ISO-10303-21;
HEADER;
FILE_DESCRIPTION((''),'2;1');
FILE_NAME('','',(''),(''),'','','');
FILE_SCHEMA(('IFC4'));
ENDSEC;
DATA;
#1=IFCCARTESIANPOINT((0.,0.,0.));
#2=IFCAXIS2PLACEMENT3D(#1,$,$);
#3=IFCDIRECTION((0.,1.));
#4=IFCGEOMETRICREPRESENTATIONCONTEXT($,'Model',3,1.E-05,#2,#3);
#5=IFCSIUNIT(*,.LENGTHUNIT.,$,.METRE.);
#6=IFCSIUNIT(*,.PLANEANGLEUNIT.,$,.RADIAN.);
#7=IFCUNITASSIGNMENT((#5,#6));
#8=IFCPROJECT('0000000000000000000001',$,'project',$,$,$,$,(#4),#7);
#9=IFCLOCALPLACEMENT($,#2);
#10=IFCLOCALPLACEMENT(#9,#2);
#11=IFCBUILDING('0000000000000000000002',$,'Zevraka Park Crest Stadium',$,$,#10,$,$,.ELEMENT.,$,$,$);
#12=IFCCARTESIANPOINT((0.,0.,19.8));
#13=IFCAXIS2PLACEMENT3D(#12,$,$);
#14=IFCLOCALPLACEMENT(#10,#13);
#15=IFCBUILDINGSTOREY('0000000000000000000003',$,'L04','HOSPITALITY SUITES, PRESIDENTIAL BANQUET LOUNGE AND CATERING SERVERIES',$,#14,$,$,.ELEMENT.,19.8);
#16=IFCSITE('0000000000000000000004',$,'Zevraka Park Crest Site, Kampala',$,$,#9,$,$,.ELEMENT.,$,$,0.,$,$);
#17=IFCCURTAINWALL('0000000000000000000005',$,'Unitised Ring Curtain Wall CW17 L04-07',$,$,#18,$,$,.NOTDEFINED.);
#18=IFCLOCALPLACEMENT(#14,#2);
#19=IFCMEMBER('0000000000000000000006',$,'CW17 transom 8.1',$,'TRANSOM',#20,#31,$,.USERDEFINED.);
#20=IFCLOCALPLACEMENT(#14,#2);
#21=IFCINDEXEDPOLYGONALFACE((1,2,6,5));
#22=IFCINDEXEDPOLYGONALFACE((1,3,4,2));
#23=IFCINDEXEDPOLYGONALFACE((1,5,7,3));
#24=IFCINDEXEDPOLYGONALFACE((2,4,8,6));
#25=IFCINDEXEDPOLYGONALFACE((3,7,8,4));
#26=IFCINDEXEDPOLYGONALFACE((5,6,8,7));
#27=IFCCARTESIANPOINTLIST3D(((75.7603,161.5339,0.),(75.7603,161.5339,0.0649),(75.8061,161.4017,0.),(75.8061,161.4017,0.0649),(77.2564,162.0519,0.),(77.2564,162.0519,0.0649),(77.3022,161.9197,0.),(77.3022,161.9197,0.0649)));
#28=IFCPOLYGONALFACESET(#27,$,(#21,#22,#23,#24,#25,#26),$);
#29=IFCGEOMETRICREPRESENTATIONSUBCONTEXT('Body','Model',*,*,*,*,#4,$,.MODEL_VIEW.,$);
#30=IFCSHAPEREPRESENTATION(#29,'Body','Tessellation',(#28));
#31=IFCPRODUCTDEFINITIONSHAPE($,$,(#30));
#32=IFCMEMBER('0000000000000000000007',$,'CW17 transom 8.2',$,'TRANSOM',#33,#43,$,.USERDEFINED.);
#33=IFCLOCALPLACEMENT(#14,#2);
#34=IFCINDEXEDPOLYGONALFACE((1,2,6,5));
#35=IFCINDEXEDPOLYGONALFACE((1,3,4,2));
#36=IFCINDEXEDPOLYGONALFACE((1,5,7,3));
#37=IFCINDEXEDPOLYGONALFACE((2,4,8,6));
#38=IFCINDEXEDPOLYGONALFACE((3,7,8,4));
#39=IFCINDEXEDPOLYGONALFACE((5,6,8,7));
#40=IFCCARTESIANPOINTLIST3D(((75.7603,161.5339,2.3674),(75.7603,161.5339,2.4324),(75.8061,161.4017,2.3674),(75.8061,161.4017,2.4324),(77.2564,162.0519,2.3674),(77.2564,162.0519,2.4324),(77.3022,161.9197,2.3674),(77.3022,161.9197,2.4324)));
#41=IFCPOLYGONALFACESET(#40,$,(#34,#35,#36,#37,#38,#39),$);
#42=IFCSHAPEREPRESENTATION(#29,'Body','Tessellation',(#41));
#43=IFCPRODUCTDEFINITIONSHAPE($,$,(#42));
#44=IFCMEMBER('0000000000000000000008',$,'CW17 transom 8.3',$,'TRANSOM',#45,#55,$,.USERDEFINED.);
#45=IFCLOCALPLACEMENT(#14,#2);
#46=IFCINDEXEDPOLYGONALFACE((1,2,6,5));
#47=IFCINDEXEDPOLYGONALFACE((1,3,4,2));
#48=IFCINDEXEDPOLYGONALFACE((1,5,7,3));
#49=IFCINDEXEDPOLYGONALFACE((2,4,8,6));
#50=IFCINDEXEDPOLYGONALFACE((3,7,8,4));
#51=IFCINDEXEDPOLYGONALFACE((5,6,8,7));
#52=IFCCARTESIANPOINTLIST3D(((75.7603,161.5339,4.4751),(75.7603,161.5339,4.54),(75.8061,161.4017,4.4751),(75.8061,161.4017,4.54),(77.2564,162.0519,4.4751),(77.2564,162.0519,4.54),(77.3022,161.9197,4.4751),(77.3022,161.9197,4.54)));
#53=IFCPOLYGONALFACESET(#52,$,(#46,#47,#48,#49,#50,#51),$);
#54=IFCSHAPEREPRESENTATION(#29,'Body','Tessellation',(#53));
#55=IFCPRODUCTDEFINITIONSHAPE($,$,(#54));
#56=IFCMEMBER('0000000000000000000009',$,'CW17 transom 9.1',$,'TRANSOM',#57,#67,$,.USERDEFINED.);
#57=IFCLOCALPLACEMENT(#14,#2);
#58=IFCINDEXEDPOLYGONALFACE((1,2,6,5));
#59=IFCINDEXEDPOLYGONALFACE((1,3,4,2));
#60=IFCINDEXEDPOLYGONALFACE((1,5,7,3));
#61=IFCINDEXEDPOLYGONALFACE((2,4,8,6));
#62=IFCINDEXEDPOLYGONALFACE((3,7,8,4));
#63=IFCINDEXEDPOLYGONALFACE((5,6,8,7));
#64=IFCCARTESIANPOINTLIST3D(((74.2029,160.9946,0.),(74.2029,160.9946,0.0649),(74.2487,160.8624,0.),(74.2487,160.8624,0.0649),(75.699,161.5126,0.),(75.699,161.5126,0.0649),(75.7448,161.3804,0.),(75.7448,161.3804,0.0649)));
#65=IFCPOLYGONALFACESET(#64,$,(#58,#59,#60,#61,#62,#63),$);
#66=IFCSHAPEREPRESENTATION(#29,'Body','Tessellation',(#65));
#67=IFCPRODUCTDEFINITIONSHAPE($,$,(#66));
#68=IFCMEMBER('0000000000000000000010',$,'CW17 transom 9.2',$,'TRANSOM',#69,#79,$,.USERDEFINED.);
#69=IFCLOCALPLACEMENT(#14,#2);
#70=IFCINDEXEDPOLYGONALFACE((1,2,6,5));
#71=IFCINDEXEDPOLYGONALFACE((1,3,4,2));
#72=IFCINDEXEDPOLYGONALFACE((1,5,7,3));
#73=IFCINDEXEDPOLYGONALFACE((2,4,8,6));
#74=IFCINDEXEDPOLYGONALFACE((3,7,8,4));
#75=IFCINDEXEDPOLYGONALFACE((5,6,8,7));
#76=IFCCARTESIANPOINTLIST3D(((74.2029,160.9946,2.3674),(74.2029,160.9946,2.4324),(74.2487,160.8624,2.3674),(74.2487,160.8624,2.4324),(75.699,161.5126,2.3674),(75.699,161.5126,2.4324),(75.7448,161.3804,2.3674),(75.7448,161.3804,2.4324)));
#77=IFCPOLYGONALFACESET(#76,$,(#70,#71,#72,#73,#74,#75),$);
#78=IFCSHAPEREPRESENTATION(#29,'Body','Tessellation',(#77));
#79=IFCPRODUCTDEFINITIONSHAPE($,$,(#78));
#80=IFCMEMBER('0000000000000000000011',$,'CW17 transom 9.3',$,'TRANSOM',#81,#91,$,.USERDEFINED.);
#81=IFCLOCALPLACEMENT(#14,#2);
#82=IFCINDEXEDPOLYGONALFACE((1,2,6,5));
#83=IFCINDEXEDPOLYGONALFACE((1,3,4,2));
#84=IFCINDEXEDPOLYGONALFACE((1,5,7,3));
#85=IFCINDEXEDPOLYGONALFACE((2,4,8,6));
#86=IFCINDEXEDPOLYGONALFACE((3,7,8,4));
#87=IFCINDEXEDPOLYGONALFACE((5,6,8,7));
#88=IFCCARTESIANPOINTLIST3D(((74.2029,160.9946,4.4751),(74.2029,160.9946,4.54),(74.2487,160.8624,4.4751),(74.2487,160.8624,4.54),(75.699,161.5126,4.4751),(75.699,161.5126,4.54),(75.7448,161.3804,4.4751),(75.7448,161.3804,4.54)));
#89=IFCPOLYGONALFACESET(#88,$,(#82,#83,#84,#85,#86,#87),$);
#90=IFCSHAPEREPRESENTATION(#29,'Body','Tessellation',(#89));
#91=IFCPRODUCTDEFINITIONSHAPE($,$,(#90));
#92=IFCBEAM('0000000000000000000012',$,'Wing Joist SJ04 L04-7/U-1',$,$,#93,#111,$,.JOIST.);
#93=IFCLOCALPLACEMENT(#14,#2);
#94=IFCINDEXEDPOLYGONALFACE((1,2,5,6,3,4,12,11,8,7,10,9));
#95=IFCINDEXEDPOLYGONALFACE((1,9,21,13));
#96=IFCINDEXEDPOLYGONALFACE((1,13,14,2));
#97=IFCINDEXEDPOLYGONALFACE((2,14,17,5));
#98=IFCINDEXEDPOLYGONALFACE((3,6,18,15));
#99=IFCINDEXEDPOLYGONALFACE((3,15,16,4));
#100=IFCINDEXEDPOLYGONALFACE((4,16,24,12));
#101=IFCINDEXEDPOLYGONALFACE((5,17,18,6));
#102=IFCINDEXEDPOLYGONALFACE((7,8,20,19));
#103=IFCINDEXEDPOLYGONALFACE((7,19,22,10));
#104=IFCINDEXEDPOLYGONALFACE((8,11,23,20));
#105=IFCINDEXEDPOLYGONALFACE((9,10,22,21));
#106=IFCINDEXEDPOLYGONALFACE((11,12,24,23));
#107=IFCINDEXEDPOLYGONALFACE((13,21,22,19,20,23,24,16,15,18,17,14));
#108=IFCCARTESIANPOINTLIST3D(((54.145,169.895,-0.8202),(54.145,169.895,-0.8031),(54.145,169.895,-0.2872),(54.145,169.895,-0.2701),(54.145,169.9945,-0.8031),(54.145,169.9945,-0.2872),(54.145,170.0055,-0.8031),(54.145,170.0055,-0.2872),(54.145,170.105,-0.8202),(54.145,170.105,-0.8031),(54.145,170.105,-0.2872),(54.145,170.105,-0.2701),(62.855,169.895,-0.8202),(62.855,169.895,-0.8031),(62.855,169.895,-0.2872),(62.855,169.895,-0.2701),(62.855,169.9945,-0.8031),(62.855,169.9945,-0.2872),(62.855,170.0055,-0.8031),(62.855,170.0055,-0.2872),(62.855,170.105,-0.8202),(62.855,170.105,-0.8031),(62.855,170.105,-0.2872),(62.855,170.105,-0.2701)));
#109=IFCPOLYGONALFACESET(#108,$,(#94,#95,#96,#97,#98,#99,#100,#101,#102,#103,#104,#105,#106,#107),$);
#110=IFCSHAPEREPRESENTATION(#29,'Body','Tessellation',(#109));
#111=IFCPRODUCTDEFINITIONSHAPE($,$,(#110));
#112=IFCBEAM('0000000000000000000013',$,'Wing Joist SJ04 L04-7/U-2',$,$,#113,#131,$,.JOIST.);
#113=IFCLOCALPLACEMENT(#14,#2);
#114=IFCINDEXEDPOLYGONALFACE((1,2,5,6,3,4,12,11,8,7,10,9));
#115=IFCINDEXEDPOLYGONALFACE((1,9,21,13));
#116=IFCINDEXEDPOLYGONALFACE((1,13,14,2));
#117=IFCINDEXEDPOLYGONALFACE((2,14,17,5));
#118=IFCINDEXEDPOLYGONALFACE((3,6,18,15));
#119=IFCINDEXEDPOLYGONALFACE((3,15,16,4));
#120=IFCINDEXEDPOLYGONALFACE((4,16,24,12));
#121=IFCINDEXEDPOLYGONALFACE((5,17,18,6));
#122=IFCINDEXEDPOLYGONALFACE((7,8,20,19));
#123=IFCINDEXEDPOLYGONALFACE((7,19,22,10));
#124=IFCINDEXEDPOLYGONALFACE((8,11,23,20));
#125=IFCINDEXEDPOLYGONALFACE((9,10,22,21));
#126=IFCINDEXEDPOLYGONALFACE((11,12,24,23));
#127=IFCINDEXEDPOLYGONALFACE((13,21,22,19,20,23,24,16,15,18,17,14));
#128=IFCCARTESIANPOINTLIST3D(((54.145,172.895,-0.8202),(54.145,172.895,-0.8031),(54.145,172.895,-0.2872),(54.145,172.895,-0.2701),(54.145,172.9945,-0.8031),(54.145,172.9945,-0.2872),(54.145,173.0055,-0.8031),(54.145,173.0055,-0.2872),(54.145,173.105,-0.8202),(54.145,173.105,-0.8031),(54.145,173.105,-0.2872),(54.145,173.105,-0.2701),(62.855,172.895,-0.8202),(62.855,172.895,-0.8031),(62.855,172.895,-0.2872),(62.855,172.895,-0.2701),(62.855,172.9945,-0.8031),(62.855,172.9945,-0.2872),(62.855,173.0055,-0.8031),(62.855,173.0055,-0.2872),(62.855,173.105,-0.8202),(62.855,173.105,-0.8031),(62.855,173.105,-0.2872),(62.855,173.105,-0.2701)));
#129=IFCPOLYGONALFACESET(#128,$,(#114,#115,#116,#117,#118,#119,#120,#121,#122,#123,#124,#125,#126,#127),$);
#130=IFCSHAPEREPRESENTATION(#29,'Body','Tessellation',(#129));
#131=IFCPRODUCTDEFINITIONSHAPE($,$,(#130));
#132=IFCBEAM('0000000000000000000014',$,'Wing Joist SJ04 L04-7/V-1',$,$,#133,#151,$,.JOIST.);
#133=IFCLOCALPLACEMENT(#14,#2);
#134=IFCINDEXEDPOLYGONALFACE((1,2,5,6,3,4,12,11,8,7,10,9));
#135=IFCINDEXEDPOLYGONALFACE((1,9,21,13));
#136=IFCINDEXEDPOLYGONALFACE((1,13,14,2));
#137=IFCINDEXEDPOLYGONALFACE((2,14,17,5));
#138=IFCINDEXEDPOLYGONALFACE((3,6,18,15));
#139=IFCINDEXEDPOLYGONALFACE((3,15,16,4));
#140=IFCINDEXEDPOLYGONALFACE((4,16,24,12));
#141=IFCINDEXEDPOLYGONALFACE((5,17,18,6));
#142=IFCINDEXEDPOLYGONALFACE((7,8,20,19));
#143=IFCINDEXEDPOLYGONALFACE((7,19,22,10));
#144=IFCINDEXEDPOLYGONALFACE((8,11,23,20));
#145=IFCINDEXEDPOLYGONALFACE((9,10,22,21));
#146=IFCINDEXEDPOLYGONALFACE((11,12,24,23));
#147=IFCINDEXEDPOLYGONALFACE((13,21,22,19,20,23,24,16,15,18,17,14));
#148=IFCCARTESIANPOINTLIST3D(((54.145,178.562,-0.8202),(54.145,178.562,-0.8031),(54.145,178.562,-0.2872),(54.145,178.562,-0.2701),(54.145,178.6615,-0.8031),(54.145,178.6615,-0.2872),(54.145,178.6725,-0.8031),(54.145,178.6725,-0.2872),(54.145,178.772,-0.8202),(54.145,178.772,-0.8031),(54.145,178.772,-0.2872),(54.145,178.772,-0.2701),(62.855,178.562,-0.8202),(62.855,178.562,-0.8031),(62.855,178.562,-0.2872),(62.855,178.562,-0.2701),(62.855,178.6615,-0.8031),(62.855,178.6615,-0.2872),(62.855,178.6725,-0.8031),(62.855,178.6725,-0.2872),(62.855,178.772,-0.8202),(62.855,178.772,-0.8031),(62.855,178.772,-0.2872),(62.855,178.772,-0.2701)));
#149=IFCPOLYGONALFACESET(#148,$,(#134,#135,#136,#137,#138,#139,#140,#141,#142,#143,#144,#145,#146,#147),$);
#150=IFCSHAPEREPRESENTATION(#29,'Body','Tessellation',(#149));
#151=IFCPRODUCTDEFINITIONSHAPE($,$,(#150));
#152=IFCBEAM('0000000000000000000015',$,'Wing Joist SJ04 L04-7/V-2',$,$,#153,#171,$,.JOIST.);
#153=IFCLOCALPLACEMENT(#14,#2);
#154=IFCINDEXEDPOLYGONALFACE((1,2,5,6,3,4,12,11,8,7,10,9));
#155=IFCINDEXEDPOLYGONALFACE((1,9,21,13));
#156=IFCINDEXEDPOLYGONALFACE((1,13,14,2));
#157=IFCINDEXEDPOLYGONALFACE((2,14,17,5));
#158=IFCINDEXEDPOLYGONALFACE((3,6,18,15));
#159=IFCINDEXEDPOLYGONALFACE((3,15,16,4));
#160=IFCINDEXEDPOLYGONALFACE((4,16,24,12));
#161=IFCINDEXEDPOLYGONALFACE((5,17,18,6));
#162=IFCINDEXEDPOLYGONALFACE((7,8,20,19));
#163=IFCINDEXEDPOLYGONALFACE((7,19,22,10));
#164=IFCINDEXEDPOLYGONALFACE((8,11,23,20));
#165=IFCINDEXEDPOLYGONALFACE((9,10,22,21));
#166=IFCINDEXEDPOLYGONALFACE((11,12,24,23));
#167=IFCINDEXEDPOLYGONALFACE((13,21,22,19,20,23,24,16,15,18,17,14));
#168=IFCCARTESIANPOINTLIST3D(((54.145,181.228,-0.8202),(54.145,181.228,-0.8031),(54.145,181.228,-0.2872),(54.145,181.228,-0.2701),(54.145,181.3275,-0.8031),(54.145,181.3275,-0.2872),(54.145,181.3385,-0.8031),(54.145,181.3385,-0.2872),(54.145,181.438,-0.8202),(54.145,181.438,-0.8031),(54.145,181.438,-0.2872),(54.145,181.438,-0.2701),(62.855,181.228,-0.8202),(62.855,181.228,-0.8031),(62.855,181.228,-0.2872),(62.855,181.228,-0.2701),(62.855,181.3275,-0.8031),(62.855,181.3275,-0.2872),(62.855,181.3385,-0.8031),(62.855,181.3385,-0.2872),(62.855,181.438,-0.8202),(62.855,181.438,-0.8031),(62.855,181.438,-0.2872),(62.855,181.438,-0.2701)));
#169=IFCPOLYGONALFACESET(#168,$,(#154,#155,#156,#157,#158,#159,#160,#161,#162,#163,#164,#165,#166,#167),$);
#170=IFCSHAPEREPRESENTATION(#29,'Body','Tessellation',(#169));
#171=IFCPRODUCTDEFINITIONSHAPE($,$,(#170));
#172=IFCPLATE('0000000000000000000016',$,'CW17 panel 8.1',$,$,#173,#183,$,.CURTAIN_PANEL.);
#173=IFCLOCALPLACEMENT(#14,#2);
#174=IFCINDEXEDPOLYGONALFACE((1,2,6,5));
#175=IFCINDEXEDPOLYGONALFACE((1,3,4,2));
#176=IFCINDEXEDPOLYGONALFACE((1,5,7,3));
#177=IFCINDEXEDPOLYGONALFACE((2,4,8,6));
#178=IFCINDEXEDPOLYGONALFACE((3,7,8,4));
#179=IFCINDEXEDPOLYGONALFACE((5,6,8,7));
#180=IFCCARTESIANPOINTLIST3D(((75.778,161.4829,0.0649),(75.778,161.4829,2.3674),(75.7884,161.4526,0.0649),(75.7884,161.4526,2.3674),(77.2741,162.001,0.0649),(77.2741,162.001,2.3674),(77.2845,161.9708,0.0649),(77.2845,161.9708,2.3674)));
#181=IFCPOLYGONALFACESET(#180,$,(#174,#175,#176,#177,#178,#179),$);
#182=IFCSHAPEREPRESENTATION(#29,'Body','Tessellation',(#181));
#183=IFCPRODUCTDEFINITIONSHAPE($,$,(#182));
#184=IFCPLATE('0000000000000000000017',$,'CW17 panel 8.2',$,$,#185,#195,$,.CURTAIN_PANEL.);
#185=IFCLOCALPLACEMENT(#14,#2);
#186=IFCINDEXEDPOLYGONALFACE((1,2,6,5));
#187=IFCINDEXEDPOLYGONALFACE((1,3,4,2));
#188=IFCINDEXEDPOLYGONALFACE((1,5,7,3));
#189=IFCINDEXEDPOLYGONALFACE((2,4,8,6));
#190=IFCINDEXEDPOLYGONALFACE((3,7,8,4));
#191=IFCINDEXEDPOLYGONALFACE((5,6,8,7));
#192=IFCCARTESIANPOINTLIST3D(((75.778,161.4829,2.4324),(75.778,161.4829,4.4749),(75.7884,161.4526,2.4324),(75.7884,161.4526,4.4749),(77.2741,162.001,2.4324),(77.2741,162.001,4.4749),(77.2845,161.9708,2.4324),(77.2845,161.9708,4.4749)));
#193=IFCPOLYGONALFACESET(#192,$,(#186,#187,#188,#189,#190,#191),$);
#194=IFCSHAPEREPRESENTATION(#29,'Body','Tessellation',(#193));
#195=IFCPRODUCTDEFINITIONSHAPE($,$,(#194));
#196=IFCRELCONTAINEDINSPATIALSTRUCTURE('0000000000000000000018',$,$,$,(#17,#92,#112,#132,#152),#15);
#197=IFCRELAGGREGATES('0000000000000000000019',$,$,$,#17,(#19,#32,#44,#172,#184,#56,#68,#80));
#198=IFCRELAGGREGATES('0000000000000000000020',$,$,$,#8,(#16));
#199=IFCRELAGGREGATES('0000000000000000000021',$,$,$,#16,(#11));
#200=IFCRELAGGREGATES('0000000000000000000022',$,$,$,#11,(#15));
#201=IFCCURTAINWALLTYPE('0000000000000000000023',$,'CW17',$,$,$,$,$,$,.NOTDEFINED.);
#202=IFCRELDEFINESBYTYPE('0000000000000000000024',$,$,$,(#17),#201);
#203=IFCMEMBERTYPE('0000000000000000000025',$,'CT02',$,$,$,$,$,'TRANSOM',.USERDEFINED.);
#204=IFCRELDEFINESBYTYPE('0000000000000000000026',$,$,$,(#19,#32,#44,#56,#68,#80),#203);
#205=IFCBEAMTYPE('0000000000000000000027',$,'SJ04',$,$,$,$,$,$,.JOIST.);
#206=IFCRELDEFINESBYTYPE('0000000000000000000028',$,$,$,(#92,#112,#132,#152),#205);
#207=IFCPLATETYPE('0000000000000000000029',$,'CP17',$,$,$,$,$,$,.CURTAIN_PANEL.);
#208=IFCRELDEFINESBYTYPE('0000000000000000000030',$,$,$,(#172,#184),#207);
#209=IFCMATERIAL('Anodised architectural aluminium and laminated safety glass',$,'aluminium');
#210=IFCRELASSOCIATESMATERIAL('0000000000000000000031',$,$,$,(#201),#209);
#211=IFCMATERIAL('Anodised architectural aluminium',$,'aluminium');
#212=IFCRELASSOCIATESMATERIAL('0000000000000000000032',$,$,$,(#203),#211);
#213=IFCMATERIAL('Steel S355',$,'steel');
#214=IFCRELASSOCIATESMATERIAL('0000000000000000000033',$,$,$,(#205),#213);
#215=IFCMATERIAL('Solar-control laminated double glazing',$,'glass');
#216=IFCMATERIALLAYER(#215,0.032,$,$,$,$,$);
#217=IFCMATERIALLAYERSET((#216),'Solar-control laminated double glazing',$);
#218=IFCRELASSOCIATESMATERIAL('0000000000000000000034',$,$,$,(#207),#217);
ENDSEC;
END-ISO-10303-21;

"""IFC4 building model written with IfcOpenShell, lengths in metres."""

from ifc_helpers import new_model, si_unit, direction, frame, origin, origin_2d, place, context, subcontext, project, spatial, rectangle, i_section, extrude, material, layer, layer_set, material_profile, profile_set, type_object, element, aggregate, save


model = new_model("IFC4")

# Units and contexts
model_context = context("Model", 3, precision=1e-05, world=origin(), true_north=direction((0.0, 1.0)))
body_context = subcontext(model_context, "Body", "Model", "MODEL_VIEW")
ifc_project = project(units=[si_unit("LENGTHUNIT", "METRE"), si_unit("PLANEANGLEUNIT", "RADIAN")], contexts=[model_context])

# Site, building, storey
site_placement = place(None, origin())
site = spatial("IfcSite", under=ifc_project, at=site_placement, Name="Zevraka Park Crest Site, Kampala", CompositionType="ELEMENT", RefElevation=0.0)
building_placement = place(site_placement, origin())
building = spatial("IfcBuilding", under=site, at=building_placement, Name="Zevraka Park Crest Stadium", CompositionType="ELEMENT")
storey_placement = place(building_placement, frame((0.0, 0.0, 19.8)))
storey = spatial("IfcBuildingStorey", under=building, at=storey_placement, Name="L04", Description="HOSPITALITY SUITES, PRESIDENTIAL BANQUET LOUNGE AND CATERING SERVERIES", CompositionType="ELEMENT", Elevation=19.8)

# Curtain wall, members
ifc_material_1 = material(Name="Anodised architectural aluminium and laminated safety glass", Category="aluminium")
curtain_wall_type = type_object("IfcCurtainWallType", Name="CW17", PredefinedType="NOTDEFINED", material=ifc_material_1)
curtain_wall_placement = place(storey_placement, origin())
curtain_wall = element("IfcCurtainWall", 1, at=curtain_wall_placement, inside=storey, type_object=curtain_wall_type, Name="Unitised Ring Curtain Wall CW17 L04-07", PredefinedType="NOTDEFINED")
ifc_material_2 = material(Name="Anodised architectural aluminium", Category="aluminium")
ifc_material_profile_1 = material_profile(ifc_material_2, rectangle(XDim=0.1399, YDim=0.0649, at=origin_2d()), Name="ALU TRANSOM 140x65")
ifc_profile_set_1 = profile_set([ifc_material_profile_1], Name="Anodised architectural aluminium")
member_type_1 = type_object("IfcMemberType", Name="CT02", ElementType="TRANSOM", PredefinedType="USERDEFINED", material=ifc_profile_set_1)
member_1_placement = place(storey_placement, frame((77.2793, 161.9858, 0.0325), z_axis=(-0.944949, -0.327216, 0.0), x_axis=(0.327216, -0.944949, 0.0)))
member_1 = element("IfcMember", 2, at=member_1_placement, type_object=member_type_1, Name="CW17 transom 8.1", ObjectType="TRANSOM", PredefinedType="USERDEFINED", context=body_context, shape_type="SweptSolid", body=[
    extrude(rectangle(XDim=0.1399, YDim=0.0649, at=origin_2d()), origin(), (0.0, 0.0, 1.0), 1.5833),
])
member_2_placement = place(storey_placement, frame((77.2793, 161.9858, 2.3999), z_axis=(-0.944949, -0.327216, 0.0), x_axis=(0.327216, -0.944949, 0.0)))
member_2 = element("IfcMember", 3, at=member_2_placement, type_object=member_type_1, Name="CW17 transom 8.2", ObjectType="TRANSOM", PredefinedType="USERDEFINED", context=body_context, shape_type="SweptSolid", body=[
    extrude(rectangle(XDim=0.1399, YDim=0.0649, at=origin_2d()), origin(), (0.0, 0.0, 1.0), 1.5833),
])
member_3_placement = place(storey_placement, frame((77.2793, 161.9858, 4.5076), z_axis=(-0.944949, -0.327216, 0.0), x_axis=(0.327216, -0.944949, 0.0)))
member_3 = element("IfcMember", 4, at=member_3_placement, type_object=member_type_1, Name="CW17 transom 8.3", ObjectType="TRANSOM", PredefinedType="USERDEFINED", context=body_context, shape_type="SweptSolid", body=[
    extrude(rectangle(XDim=0.1399, YDim=0.0649, at=origin_2d()), origin(), (0.0, 0.0, 1.0), 1.5833),
])
member_4_placement = place(storey_placement, frame((75.7219, 161.4465, 0.0325), z_axis=(-0.944949, -0.327216, 0.0), x_axis=(0.327216, -0.944949, 0.0)))
member_4 = element("IfcMember", 5, at=member_4_placement, type_object=member_type_1, Name="CW17 transom 9.1", ObjectType="TRANSOM", PredefinedType="USERDEFINED", context=body_context, shape_type="SweptSolid", body=[
    extrude(rectangle(XDim=0.1399, YDim=0.0649, at=origin_2d()), origin(), (0.0, 0.0, 1.0), 1.5833),
])
member_5_placement = place(storey_placement, frame((75.7219, 161.4465, 2.3999), z_axis=(-0.944949, -0.327216, 0.0), x_axis=(0.327216, -0.944949, 0.0)))
member_5 = element("IfcMember", 6, at=member_5_placement, type_object=member_type_1, Name="CW17 transom 9.2", ObjectType="TRANSOM", PredefinedType="USERDEFINED", context=body_context, shape_type="SweptSolid", body=[
    extrude(rectangle(XDim=0.1399, YDim=0.0649, at=origin_2d()), origin(), (0.0, 0.0, 1.0), 1.5833),
])
member_6_placement = place(storey_placement, frame((75.7219, 161.4465, 4.5076), z_axis=(-0.944949, -0.327216, 0.0), x_axis=(0.327216, -0.944949, 0.0)))
member_6 = element("IfcMember", 7, at=member_6_placement, type_object=member_type_1, Name="CW17 transom 9.3", ObjectType="TRANSOM", PredefinedType="USERDEFINED", context=body_context, shape_type="SweptSolid", body=[
    extrude(rectangle(XDim=0.1399, YDim=0.0649, at=origin_2d()), origin(), (0.0, 0.0, 1.0), 1.5833),
])

# Beams
ifc_material_3 = material(Name="Steel S355", Category="steel")
ifc_material_profile_2 = material_profile(ifc_material_3, i_section(OverallWidth=0.21, OverallDepth=0.55, WebThickness=0.011, FlangeThickness=0.0171, at=origin_2d()), Name="IPE 550")
ifc_profile_set_2 = profile_set([ifc_material_profile_2], Name="Steel S355")
beam_type_1 = type_object("IfcBeamType", Name="SJ04", PredefinedType="JOIST", material=ifc_profile_set_2)
for number, where, z_axis, x_axis, name in (
    (8, (54.145, 170.0, -0.5452), (1.0, 0.0, 0.0), (0.0, 1.0, 0.0), "Wing Joist SJ04 L04-7/U-1"),
    (9, (54.145, 173.0, -0.5452), (1.0, 0.0, 0.0), (0.0, 1.0, 0.0), "Wing Joist SJ04 L04-7/U-2"),
    (10, (54.145, 178.667, -0.5452), (1.0, 0.0, 0.0), (0.0, 1.0, 0.0), "Wing Joist SJ04 L04-7/V-1"),
    (11, (54.145, 181.333, -0.5452), (1.0, 0.0, 0.0), (0.0, 1.0, 0.0), "Wing Joist SJ04 L04-7/V-2"),
):
    element("IfcBeam", number, at=place(storey_placement, frame(where, z_axis=z_axis, x_axis=x_axis)), inside=storey, type_object=beam_type_1, Name=name, PredefinedType="JOIST", context=body_context, shape_type="SweptSolid", body=[
        extrude(i_section(OverallWidth=0.21, OverallDepth=0.55, WebThickness=0.011, FlangeThickness=0.0171, at=origin_2d()), origin(), (0.0, 0.0, 1.0), 8.71),
    ])

# Plates
ifc_material_4 = material(Name="Solar-control laminated double glazing", Category="glass")
ifc_layer_1 = layer(ifc_material_4, 0.032)
ifc_layer_set_1 = layer_set([ifc_layer_1], Name="Solar-control laminated double glazing")
plate_type = type_object("IfcPlateType", Name="CP17", PredefinedType="CURTAIN_PANEL", material=ifc_layer_set_1)
plate_1_placement = place(storey_placement, frame((76.5312, 161.7268, 0.0649), z_axis=(0.0, 0.0, 1.0), x_axis=(-0.94494, -0.327245, 0.0)))
plate_1 = element("IfcPlate", 12, at=plate_1_placement, type_object=plate_type, Name="CW17 panel 8.1", PredefinedType="CURTAIN_PANEL", context=body_context, shape_type="SweptSolid", body=[
    extrude(rectangle(XDim=1.5833, YDim=0.032, at=origin_2d()), origin(), (0.0, 0.0, 1.0), 2.3025),
])
plate_2_placement = place(storey_placement, frame((76.5312, 161.7268, 2.4324), z_axis=(0.0, 0.0, 1.0), x_axis=(-0.94494, -0.327245, 0.0)))
plate_2 = element("IfcPlate", 13, at=plate_2_placement, type_object=plate_type, Name="CW17 panel 8.2", PredefinedType="CURTAIN_PANEL", context=body_context, shape_type="SweptSolid", body=[
    extrude(rectangle(XDim=1.5833, YDim=0.032, at=origin_2d()), origin(), (0.0, 0.0, 1.0), 2.0425),
])
aggregate(curtain_wall, [member_1, member_2, member_3, plate_1, plate_2, member_4, member_5, member_6])

save(model, "model.ifc")
